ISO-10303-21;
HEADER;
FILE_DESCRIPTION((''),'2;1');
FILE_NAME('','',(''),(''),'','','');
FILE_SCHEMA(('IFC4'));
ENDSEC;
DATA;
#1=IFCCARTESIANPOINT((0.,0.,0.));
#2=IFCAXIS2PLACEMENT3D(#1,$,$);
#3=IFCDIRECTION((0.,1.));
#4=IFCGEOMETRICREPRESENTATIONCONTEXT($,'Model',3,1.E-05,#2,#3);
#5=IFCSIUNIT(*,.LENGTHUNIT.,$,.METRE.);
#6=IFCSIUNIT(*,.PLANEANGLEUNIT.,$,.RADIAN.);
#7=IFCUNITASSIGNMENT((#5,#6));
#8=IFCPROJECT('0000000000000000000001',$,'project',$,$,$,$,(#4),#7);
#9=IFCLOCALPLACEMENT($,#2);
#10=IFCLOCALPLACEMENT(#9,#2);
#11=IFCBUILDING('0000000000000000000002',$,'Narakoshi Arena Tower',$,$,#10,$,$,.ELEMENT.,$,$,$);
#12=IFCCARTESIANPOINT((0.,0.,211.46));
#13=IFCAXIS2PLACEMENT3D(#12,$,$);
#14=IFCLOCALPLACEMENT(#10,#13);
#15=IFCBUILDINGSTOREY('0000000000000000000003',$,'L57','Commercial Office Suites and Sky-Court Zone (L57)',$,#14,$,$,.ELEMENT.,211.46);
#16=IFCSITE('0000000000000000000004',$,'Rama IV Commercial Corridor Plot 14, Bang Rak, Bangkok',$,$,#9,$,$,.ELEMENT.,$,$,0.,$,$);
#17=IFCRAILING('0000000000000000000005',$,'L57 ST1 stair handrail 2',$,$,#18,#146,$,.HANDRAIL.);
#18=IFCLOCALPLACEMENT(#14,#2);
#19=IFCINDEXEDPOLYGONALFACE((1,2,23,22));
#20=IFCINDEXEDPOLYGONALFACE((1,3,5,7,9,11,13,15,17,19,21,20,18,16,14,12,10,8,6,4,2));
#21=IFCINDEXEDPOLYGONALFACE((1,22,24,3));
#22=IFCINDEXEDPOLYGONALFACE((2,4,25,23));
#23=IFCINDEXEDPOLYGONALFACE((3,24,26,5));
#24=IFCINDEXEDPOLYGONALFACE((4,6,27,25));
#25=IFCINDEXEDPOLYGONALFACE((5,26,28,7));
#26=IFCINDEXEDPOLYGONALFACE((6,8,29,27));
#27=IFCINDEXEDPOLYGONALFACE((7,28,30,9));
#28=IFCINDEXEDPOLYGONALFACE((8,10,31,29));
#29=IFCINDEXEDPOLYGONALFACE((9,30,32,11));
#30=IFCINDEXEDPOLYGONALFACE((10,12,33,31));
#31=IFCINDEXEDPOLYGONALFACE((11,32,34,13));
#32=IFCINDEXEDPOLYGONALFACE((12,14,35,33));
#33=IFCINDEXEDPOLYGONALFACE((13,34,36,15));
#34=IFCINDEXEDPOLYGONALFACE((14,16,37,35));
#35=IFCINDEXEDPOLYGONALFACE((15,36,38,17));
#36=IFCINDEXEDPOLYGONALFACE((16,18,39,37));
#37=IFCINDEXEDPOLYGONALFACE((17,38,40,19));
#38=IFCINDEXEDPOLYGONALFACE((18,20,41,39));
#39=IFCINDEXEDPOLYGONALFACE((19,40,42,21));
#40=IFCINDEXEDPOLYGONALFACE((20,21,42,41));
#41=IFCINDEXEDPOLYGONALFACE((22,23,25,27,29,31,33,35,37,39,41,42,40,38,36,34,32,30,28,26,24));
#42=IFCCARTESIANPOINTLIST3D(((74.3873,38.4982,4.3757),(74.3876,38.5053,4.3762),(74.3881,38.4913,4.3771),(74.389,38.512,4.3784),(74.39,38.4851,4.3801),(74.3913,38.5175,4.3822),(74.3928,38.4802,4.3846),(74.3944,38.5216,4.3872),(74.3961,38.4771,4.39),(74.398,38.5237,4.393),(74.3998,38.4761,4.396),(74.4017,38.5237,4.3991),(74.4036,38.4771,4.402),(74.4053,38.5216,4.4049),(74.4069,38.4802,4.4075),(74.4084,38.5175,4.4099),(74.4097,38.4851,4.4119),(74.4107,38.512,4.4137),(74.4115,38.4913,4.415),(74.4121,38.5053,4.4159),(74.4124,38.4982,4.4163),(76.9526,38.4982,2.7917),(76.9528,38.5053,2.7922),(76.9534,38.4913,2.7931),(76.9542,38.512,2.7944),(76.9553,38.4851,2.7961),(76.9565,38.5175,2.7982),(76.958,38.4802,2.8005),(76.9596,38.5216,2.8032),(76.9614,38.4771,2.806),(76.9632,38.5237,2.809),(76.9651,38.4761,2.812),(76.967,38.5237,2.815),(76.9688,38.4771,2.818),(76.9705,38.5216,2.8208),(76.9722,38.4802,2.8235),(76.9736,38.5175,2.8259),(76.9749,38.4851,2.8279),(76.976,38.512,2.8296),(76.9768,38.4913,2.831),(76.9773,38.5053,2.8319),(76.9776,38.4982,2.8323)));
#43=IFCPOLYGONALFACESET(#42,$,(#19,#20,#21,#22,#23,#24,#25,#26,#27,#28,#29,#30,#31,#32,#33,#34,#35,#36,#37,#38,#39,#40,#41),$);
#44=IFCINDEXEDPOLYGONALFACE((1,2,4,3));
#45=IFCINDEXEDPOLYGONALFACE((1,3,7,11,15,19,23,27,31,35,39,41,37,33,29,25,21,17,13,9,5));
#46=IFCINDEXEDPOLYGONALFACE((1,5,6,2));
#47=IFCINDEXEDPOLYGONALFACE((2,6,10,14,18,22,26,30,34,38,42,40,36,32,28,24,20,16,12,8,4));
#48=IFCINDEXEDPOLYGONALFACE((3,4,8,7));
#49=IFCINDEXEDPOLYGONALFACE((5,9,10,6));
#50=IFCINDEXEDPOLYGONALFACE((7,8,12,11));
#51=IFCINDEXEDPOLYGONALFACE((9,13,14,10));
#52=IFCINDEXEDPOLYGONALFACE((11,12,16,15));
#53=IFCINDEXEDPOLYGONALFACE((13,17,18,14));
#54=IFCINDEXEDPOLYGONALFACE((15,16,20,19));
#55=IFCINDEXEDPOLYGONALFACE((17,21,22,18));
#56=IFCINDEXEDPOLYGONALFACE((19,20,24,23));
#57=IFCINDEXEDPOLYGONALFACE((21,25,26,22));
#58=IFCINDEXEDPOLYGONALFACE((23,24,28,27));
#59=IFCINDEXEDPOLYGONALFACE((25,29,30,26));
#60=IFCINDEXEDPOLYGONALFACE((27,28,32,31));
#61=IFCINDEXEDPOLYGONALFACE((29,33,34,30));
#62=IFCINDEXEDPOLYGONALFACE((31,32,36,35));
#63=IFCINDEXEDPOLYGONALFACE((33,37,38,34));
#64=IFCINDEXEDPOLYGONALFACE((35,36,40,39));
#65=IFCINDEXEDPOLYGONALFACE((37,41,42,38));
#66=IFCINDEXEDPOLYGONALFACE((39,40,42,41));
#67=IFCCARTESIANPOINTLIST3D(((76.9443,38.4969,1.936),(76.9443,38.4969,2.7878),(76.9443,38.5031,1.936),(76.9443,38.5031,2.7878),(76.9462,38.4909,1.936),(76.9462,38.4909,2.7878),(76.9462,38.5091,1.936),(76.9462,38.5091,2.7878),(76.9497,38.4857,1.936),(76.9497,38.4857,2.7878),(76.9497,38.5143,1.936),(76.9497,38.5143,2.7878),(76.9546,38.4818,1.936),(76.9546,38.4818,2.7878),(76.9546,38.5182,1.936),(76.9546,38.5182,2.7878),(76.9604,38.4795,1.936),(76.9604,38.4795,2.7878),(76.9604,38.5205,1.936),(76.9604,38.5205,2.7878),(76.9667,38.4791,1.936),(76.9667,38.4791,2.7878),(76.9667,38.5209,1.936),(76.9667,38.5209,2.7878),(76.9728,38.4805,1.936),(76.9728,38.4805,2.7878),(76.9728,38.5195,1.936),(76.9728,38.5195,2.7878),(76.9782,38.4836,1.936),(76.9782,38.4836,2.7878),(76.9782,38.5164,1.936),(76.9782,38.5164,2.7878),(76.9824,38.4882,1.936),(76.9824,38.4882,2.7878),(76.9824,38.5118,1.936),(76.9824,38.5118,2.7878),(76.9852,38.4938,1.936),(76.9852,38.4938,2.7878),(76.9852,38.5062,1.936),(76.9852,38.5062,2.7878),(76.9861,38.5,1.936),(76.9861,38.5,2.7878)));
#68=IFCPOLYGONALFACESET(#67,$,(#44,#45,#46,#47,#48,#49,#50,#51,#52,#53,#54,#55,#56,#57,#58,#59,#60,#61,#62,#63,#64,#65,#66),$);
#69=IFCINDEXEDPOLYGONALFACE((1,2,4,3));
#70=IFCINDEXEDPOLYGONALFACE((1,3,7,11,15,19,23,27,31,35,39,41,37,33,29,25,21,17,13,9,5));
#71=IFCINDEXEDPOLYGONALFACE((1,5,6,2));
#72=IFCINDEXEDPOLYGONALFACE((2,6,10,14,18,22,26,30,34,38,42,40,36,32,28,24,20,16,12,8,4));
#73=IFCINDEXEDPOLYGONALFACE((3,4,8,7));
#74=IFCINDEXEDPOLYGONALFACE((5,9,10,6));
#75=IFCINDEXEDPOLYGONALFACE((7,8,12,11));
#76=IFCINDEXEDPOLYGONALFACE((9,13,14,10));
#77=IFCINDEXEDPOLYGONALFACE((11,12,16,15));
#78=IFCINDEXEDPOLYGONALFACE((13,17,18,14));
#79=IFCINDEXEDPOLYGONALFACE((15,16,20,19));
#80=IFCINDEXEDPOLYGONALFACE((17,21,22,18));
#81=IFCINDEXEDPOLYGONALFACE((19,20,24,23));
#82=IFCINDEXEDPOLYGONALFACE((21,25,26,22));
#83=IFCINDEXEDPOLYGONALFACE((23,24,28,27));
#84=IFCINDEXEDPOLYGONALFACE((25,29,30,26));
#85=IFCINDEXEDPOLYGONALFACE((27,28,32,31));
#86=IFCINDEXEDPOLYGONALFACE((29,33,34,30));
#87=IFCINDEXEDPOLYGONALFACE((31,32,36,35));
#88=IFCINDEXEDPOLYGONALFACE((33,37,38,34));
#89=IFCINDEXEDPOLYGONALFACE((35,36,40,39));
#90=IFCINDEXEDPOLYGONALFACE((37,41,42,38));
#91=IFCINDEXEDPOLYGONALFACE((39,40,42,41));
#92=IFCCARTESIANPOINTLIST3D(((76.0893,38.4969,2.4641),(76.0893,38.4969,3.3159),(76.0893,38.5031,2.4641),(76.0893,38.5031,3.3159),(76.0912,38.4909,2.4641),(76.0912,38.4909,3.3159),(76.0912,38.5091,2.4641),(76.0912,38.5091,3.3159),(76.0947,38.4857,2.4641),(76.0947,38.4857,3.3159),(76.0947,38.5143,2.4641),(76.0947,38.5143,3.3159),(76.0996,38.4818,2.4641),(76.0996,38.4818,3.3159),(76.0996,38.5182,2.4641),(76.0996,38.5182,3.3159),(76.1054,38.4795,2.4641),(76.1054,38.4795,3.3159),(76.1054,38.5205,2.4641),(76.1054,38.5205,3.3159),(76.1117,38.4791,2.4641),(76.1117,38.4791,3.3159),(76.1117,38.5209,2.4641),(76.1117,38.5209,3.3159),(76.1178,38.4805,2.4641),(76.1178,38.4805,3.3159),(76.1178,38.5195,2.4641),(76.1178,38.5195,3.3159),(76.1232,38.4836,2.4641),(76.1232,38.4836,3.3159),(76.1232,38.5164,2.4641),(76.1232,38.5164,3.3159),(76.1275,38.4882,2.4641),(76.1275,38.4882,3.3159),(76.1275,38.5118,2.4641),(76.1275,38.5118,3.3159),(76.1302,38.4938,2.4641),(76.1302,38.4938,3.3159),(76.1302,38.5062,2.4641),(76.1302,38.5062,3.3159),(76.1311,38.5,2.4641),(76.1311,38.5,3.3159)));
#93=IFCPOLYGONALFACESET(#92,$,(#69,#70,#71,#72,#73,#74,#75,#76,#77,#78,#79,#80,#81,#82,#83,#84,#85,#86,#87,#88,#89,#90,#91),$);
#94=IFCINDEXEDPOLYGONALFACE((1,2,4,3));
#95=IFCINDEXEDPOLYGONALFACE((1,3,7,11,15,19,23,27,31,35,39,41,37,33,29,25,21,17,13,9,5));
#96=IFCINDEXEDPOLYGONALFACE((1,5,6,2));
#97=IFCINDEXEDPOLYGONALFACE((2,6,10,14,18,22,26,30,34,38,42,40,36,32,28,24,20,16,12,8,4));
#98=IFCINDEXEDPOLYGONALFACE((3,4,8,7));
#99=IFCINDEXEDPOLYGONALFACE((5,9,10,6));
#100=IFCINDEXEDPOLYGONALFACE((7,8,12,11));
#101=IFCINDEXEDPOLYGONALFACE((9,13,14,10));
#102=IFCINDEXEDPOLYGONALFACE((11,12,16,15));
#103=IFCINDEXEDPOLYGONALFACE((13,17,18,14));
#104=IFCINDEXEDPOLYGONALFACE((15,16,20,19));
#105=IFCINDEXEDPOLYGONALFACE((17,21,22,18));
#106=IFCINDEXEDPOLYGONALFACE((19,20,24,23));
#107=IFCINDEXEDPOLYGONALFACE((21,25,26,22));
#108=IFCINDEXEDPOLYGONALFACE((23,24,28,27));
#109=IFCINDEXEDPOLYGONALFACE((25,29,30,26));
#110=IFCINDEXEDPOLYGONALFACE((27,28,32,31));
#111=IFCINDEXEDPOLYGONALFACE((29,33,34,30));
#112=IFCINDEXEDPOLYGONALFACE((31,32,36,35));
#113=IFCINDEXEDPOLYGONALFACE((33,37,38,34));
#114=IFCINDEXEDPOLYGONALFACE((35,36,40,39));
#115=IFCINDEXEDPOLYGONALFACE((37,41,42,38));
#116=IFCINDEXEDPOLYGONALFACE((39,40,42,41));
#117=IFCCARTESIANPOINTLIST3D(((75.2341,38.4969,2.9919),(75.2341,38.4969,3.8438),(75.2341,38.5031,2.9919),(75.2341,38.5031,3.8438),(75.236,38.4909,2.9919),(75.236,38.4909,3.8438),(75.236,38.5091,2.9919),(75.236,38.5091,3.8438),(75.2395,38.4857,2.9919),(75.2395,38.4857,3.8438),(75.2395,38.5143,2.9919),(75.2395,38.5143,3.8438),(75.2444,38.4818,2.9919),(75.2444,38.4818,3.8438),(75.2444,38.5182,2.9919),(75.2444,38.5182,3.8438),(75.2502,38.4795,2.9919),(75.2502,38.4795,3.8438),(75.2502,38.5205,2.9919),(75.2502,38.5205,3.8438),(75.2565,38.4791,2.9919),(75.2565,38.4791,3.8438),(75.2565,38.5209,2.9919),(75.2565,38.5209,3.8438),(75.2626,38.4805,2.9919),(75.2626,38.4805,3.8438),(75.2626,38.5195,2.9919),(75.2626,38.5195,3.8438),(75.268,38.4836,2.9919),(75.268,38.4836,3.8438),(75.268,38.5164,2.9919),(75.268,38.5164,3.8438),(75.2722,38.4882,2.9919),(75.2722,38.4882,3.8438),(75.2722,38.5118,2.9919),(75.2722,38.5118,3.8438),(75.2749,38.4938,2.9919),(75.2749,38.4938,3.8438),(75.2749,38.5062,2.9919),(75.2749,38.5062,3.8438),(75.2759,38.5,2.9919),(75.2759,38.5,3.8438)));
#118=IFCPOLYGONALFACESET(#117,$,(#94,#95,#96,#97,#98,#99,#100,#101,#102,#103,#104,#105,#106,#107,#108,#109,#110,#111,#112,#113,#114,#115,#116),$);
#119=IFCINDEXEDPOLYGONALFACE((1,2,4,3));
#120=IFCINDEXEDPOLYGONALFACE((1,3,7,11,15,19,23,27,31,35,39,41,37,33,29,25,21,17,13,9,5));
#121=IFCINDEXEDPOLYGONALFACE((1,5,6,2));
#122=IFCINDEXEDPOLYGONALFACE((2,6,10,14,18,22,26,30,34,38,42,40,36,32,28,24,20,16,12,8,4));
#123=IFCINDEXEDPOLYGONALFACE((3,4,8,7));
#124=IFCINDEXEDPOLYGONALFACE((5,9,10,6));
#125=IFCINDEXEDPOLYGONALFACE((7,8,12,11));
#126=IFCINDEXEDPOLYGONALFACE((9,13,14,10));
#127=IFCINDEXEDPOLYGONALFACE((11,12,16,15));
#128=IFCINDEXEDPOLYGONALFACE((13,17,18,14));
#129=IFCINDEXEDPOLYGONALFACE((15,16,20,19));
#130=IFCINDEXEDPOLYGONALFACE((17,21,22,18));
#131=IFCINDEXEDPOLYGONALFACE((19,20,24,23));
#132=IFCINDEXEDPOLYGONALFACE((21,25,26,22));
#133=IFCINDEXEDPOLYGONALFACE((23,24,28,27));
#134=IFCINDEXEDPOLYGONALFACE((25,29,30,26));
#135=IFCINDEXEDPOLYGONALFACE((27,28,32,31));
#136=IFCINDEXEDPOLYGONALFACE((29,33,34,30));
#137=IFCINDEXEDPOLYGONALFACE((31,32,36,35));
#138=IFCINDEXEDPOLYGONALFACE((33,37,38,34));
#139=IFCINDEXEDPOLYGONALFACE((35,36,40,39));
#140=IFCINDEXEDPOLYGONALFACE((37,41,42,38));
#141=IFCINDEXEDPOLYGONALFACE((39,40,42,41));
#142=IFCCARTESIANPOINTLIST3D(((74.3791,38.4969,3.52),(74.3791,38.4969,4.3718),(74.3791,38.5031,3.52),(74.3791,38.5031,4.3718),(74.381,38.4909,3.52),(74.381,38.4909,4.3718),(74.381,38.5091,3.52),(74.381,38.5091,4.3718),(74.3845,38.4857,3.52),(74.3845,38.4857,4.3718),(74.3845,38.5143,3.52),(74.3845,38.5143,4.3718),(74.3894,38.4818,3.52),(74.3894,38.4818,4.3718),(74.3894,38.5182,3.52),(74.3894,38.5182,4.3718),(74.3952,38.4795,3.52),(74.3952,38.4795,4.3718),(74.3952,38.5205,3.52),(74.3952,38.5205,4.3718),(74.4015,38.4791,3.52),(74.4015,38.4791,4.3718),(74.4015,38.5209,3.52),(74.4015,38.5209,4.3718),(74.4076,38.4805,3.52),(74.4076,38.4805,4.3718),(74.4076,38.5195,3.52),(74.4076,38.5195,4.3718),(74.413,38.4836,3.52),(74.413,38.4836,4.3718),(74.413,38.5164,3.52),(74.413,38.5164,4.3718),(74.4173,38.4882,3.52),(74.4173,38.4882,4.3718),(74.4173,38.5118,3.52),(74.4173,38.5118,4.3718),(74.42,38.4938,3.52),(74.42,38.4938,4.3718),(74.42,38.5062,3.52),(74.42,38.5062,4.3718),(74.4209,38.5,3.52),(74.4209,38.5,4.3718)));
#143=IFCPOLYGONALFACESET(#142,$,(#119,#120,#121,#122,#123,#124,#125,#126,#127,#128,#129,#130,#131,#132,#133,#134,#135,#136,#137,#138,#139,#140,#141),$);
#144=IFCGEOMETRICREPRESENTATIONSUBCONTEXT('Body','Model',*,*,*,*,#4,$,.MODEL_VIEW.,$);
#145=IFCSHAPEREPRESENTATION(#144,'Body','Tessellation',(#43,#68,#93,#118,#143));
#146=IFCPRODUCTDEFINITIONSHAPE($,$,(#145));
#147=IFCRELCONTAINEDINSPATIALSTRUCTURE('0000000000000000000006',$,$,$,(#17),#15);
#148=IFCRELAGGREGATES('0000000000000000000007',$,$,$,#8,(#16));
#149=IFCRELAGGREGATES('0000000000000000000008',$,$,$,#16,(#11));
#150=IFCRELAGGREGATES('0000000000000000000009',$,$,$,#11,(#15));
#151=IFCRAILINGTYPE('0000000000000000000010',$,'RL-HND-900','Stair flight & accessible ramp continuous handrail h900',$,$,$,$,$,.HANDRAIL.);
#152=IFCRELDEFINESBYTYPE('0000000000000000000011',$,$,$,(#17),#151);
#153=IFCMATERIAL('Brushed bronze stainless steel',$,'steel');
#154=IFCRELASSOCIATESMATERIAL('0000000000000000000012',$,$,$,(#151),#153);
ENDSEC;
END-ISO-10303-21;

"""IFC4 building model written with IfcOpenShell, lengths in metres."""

from ifc_helpers import new_model, si_unit, direction, frame, origin, origin_2d, place, context, subcontext, project, spatial, circle, extrude, material, type_object, element, save


model = new_model("IFC4")

# Units and contexts
model_context = context("Model", 3, precision=1e-05, world=origin(), true_north=direction((0.0, 1.0)))
body_context = subcontext(model_context, "Body", "Model", "MODEL_VIEW")
ifc_project = project(units=[si_unit("LENGTHUNIT", "METRE"), si_unit("PLANEANGLEUNIT", "RADIAN")], contexts=[model_context])

# Site, building, storey
site_placement = place(None, origin())
site = spatial("IfcSite", under=ifc_project, at=site_placement, Name="Rama IV Commercial Corridor Plot 14, Bang Rak, Bangkok", CompositionType="ELEMENT", RefElevation=0.0)
building_placement = place(site_placement, origin())
building = spatial("IfcBuilding", under=site, at=building_placement, Name="Narakoshi Arena Tower", CompositionType="ELEMENT")
storey_placement = place(building_placement, frame((0.0, 0.0, 211.46)))
storey = spatial("IfcBuildingStorey", under=building, at=storey_placement, Name="L57", Description="Commercial Office Suites and Sky-Court Zone (L57)", CompositionType="ELEMENT", Elevation=211.46)

# Railing
ifc_material_1 = material(Name="Brushed bronze stainless steel", Category="steel")
railing_type_1 = type_object("IfcRailingType", Name="RL-HND-900", Description="Stair flight & accessible ramp continuous handrail h900", PredefinedType="HANDRAIL", material=ifc_material_1)
railing_1_placement = place(storey_placement, frame((76.9651, 38.5, 1.936)))
element("IfcRailing", 1, at=railing_1_placement, inside=storey, type_object=railing_type_1, Name="L57 ST1 stair handrail 2", PredefinedType="HANDRAIL", context=body_context, shape_type="SweptSolid", body=[
    extrude(circle(Radius=0.0239, at=origin_2d()), frame((0.0, 0.0, 0.876), z_axis=(-0.850857, 0.0, 0.525398), x_axis=(0.0, -1.0, 0.0)), (0.0, 0.0, 1.0), 3.0149),
    extrude(circle(Radius=0.021, at=origin_2d()), origin(), (0.0, 0.0, 1.0), 0.8518),
    extrude(circle(Radius=0.021, at=origin_2d()), frame((-0.855, 0.0, 0.5281)), (0.0, 0.0, 1.0), 0.8518),
    extrude(circle(Radius=0.021, at=origin_2d()), frame((-1.7102, 0.0, 1.0559)), (0.0, 0.0, 1.0), 0.8518),
    extrude(circle(Radius=0.021, at=origin_2d()), frame((-2.5652, 0.0, 1.584)), (0.0, 0.0, 1.0), 0.8518),
])

save(model, "model.ifc")
